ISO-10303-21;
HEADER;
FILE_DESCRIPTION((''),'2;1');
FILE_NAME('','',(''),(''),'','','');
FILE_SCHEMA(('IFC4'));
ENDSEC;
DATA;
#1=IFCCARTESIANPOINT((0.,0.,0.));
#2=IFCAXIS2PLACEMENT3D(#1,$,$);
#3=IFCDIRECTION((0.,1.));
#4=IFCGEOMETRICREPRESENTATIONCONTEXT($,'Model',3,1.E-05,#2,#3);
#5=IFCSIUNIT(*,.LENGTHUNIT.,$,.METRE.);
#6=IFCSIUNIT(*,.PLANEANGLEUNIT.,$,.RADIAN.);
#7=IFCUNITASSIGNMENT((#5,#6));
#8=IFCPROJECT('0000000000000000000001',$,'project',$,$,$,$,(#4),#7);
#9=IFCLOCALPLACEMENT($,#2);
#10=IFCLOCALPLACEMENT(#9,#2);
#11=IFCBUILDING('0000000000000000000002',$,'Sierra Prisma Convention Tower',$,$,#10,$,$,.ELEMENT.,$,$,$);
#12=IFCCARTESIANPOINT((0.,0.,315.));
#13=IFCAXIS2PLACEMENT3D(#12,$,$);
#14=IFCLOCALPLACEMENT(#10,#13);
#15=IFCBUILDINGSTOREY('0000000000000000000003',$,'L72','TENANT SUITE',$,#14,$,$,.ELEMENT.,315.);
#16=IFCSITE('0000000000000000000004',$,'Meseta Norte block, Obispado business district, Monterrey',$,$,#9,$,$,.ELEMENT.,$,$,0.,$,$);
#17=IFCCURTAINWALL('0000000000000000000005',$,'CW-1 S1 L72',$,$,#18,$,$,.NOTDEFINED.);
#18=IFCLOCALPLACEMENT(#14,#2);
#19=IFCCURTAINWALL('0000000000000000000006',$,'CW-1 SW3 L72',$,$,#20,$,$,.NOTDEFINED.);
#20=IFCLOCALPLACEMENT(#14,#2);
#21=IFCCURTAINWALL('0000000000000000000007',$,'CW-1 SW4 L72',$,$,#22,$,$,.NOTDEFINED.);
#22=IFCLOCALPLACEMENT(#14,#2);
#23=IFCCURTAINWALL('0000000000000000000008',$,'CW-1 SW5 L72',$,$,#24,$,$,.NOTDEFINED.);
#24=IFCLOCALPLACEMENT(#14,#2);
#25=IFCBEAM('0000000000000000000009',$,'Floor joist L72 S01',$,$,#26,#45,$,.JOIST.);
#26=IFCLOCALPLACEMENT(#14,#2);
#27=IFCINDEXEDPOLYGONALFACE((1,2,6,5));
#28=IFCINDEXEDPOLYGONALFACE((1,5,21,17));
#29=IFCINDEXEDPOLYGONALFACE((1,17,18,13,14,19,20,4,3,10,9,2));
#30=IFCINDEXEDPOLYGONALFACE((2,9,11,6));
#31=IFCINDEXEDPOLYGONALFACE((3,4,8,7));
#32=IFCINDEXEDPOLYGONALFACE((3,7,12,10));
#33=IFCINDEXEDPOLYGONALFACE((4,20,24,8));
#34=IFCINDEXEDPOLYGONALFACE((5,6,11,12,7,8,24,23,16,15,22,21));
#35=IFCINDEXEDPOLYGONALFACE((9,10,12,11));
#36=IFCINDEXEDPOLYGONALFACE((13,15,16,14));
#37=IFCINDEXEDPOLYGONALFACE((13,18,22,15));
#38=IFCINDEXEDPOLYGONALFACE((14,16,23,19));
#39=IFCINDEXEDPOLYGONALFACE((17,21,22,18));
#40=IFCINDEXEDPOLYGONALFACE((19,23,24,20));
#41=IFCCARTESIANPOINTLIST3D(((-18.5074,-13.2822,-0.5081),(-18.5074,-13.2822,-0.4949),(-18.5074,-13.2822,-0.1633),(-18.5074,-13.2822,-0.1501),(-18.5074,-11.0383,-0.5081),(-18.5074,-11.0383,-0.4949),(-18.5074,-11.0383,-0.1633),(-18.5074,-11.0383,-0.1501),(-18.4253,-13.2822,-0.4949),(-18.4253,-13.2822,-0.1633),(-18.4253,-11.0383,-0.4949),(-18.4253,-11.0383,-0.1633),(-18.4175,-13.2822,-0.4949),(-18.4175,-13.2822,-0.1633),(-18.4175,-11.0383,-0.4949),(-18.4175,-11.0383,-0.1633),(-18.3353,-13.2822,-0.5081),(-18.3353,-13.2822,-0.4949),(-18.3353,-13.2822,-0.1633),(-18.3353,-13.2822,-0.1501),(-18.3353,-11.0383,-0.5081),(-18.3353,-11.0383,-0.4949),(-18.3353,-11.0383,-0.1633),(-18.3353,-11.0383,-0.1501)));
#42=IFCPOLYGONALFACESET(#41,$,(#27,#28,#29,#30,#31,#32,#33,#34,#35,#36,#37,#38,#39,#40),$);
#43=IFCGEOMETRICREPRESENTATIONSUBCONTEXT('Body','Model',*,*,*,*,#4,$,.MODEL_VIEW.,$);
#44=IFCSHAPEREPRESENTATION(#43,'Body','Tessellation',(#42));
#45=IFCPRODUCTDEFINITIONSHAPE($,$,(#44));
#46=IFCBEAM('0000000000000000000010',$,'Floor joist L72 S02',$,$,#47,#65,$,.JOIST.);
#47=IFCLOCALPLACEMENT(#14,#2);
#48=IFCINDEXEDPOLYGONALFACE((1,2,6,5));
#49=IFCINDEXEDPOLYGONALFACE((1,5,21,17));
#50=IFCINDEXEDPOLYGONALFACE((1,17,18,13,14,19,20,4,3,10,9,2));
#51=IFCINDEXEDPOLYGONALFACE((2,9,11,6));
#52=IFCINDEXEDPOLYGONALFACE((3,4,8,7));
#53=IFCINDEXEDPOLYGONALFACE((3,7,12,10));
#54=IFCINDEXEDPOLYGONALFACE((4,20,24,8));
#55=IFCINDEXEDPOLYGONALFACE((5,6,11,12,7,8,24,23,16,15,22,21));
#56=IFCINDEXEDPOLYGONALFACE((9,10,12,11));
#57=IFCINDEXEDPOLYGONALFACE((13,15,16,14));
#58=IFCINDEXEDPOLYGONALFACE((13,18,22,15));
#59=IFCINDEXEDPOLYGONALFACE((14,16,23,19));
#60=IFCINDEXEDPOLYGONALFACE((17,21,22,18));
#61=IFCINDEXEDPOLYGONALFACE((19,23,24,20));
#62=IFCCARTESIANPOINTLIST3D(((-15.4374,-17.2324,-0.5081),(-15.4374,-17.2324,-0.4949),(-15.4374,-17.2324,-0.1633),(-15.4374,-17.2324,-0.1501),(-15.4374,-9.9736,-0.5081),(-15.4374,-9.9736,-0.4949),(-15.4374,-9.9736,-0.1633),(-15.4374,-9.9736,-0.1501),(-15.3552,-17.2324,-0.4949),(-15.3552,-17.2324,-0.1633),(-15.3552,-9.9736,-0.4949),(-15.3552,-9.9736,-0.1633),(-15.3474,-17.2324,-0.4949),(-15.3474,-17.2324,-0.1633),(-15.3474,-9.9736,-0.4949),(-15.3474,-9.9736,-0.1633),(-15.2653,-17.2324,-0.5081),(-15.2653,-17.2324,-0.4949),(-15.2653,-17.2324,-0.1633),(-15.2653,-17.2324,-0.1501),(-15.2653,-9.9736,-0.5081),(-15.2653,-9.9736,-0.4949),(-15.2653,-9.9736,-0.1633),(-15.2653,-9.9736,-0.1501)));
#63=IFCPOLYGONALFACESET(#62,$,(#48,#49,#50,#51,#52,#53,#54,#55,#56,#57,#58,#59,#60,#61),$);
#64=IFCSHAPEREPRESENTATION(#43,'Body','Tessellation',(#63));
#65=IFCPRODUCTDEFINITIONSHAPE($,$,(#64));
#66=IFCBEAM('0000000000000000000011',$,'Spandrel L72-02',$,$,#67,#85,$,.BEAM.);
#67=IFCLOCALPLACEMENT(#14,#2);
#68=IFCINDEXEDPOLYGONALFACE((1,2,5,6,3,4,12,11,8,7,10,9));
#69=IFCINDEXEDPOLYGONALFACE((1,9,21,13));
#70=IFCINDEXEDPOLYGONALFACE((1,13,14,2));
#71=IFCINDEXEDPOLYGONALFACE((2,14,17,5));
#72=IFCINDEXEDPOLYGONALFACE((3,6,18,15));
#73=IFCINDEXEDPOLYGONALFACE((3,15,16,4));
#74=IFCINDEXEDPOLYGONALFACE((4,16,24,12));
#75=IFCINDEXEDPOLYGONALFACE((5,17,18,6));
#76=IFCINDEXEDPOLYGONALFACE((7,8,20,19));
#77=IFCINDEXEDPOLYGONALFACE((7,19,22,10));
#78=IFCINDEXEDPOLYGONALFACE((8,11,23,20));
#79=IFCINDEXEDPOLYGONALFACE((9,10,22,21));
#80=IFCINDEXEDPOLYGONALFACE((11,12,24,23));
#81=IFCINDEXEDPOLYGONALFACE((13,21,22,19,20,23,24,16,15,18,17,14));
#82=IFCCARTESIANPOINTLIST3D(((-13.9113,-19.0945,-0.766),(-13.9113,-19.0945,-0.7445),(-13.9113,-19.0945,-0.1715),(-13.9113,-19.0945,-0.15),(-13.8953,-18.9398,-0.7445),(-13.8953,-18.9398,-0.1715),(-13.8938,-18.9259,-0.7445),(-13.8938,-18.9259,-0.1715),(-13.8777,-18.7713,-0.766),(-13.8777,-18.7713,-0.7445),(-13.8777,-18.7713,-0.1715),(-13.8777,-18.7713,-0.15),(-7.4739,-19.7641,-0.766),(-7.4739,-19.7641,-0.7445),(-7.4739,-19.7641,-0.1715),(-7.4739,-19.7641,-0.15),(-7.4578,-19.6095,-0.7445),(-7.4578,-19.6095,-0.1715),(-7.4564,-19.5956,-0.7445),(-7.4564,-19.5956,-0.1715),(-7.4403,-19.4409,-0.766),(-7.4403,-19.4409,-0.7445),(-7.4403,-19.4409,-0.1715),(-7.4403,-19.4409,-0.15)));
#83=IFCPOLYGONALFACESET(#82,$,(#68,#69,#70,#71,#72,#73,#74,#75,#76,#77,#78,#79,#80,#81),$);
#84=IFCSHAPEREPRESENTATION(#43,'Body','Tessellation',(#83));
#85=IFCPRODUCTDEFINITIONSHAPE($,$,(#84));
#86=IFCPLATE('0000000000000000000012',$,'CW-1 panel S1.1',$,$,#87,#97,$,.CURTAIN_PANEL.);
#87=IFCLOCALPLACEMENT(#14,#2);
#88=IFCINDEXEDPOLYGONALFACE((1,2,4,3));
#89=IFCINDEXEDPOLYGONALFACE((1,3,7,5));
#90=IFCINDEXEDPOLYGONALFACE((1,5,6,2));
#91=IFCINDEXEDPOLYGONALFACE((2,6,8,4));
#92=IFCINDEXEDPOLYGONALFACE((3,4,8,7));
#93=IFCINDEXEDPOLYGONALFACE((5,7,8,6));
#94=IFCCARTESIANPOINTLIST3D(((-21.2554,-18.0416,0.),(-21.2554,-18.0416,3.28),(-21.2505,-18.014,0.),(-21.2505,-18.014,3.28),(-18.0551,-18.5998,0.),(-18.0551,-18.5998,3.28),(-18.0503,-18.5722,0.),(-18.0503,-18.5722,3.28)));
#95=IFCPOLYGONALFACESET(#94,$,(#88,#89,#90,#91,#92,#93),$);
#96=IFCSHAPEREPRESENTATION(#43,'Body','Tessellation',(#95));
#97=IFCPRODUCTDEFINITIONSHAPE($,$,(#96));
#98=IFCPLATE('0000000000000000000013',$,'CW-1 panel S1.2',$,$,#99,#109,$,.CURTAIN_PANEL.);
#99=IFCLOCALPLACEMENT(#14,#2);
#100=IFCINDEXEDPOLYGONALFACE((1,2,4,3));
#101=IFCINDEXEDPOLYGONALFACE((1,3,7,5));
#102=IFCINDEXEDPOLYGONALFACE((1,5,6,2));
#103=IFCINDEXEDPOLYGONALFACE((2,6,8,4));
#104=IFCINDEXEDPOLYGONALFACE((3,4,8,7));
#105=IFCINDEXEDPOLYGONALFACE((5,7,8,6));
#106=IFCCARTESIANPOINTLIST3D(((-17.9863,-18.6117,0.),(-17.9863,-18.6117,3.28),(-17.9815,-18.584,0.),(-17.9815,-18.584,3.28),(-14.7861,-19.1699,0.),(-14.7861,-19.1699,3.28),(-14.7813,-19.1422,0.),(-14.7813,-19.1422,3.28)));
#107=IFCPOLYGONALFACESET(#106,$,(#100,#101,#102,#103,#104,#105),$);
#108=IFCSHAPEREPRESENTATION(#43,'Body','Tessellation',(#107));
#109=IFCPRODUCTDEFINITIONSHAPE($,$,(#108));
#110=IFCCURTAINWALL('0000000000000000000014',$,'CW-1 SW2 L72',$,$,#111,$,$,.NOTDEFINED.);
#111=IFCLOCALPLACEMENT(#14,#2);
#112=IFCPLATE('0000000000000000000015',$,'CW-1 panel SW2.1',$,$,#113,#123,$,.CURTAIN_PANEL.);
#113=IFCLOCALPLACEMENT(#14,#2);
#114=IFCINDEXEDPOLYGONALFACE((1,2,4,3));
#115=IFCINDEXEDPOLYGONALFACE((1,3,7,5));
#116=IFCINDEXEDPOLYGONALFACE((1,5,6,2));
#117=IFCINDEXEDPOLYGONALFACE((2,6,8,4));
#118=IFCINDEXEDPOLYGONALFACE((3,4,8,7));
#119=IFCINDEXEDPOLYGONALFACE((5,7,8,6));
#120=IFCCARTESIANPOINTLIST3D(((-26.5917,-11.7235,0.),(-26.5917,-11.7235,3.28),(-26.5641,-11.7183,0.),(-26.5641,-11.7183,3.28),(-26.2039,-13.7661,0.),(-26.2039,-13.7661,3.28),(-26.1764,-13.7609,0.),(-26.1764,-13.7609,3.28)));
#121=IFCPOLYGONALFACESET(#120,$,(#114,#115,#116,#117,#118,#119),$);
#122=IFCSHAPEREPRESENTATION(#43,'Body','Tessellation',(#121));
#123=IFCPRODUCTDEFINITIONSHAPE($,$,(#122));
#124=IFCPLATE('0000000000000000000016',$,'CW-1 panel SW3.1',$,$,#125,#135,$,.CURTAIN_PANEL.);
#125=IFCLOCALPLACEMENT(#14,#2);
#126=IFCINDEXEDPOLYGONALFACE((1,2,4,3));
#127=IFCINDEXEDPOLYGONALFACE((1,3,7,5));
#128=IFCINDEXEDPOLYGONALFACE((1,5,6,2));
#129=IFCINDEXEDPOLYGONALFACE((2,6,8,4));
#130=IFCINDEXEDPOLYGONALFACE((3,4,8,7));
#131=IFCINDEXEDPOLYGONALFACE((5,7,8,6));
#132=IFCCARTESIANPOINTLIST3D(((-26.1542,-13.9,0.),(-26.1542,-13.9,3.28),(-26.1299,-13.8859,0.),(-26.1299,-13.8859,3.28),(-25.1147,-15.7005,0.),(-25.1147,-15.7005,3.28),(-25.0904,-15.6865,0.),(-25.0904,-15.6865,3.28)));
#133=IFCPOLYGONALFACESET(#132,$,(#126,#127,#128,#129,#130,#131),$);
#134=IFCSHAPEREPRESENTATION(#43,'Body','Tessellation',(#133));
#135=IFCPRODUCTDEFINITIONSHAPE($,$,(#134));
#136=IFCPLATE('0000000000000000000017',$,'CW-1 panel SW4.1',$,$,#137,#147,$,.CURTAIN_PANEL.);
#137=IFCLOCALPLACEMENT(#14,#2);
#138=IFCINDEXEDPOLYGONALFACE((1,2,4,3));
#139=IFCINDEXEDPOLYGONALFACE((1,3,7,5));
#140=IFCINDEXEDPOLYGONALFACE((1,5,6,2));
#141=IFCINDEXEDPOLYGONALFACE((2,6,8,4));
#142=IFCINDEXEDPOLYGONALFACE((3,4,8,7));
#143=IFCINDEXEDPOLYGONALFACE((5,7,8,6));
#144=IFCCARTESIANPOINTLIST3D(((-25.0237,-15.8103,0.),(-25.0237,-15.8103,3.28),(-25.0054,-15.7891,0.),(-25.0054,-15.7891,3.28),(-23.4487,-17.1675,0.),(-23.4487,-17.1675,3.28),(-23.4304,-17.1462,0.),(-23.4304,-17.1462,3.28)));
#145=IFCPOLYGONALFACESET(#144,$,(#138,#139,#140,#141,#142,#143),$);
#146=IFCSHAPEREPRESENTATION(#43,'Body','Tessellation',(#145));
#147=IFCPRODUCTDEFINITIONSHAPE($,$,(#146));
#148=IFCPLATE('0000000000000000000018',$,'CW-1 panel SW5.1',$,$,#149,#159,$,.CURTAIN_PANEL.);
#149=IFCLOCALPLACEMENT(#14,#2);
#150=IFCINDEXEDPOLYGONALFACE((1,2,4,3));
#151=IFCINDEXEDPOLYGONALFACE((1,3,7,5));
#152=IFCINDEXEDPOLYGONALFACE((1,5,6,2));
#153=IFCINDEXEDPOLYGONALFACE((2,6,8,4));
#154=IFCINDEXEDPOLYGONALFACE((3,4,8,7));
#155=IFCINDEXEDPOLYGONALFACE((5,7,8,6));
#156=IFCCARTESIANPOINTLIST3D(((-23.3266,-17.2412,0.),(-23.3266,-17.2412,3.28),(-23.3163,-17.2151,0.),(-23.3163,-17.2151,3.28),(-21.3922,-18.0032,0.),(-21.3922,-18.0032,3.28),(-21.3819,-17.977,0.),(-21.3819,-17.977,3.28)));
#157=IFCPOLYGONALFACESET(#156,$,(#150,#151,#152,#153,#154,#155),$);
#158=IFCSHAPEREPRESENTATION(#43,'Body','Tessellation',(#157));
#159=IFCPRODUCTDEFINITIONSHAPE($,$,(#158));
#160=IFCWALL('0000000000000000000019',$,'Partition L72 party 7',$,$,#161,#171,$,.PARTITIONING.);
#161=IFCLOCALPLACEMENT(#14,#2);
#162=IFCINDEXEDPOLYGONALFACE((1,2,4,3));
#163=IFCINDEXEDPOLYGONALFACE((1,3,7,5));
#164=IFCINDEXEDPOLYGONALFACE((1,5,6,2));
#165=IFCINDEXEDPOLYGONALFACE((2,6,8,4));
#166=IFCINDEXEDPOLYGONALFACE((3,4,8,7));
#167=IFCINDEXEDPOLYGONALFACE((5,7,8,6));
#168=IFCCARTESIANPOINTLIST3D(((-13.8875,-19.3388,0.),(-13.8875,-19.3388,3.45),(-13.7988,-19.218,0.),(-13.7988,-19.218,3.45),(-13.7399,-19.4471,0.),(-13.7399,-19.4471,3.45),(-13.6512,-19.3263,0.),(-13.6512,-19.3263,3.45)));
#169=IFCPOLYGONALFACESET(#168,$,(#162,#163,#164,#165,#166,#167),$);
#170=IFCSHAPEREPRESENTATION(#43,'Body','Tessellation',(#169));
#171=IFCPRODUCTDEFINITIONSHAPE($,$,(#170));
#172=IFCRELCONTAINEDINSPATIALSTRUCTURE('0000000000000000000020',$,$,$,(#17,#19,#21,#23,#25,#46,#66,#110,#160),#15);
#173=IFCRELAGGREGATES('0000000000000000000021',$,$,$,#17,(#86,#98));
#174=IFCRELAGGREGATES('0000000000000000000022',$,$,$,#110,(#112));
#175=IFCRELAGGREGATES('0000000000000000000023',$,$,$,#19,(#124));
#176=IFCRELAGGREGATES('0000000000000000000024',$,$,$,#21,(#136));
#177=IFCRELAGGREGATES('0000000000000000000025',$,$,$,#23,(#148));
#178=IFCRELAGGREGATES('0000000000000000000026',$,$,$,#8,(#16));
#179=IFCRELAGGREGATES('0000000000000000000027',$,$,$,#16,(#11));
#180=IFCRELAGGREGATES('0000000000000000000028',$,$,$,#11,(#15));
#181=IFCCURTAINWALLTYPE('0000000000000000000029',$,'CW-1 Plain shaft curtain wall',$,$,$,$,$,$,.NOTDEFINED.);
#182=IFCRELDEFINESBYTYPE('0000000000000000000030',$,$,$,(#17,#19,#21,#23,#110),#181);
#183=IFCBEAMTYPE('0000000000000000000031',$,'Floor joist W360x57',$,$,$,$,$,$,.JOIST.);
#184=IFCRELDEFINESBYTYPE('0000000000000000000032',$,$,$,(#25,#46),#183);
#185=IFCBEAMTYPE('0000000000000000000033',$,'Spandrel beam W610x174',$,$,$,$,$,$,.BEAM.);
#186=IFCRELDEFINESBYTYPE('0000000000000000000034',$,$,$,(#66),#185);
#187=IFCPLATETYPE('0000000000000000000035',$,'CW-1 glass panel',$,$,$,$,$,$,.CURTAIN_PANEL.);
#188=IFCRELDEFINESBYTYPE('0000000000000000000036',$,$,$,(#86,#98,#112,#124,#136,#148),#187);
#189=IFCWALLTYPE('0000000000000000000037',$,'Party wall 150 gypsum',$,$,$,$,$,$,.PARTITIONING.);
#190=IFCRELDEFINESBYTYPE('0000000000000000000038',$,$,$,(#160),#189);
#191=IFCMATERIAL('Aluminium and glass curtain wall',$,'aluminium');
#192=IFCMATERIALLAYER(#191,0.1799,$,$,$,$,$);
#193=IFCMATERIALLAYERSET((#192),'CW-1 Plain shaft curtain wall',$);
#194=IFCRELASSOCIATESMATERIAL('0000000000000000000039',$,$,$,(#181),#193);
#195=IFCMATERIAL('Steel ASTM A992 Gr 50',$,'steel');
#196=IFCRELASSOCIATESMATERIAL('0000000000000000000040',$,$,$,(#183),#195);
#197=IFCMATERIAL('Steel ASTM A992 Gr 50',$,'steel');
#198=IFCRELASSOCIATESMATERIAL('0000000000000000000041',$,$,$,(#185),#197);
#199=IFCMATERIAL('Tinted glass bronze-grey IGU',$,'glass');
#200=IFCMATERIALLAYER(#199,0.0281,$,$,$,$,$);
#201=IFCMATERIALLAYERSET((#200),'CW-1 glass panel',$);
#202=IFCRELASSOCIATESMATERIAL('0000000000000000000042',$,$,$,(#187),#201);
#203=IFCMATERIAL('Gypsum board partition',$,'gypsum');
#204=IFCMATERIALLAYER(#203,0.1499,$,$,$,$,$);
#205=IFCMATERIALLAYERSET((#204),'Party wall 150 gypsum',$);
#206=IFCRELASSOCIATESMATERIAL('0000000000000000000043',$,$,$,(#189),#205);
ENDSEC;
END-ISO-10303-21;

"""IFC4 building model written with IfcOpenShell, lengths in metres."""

from ifc_helpers import new_model, si_unit, direction, frame, frame_2d, origin, origin_2d, place, context, subcontext, project, spatial, rectangle, i_section, extrude, material, layer, layer_set, material_profile, profile_set, type_object, element, aggregate, save


model = new_model("IFC4")

# Units and contexts
model_context = context("Model", 3, precision=1e-05, world=origin(), true_north=direction((0.0, 1.0)))
body_context = subcontext(model_context, "Body", "Model", "MODEL_VIEW")
ifc_project = project(units=[si_unit("LENGTHUNIT", "METRE"), si_unit("PLANEANGLEUNIT", "RADIAN")], contexts=[model_context])

# Site, building, storey
site_placement = place(None, origin())
site = spatial("IfcSite", under=ifc_project, at=site_placement, Name="Meseta Norte block, Obispado business district, Monterrey", CompositionType="ELEMENT", RefElevation=0.0)
building_placement = place(site_placement, origin())
building = spatial("IfcBuilding", under=site, at=building_placement, Name="Sierra Prisma Convention Tower", CompositionType="ELEMENT")
storey_placement = place(building_placement, frame((0.0, 0.0, 315.0)))
storey = spatial("IfcBuildingStorey", under=building, at=storey_placement, Name="L72", Description="TENANT SUITE", CompositionType="ELEMENT", Elevation=315.0)

# Curtain wall
ifc_material_1 = material(Name="Aluminium and glass curtain wall", Category="aluminium")
ifc_layer_1 = layer(ifc_material_1, 0.1799)
ifc_layer_set_1 = layer_set([ifc_layer_1], Name="CW-1 Plain shaft curtain wall")
curtain_wall_type = type_object("IfcCurtainWallType", Name="CW-1 Plain shaft curtain wall", PredefinedType="NOTDEFINED", material=ifc_layer_set_1)
curtain_wall_1_placement = place(storey_placement, origin())
curtain_wall_1 = element("IfcCurtainWall", 1, at=curtain_wall_1_placement, inside=storey, type_object=curtain_wall_type, Name="CW-1 S1 L72", PredefinedType="NOTDEFINED")

# Curtain walls
curtain_wall_2_placement = place(storey_placement, origin())
curtain_wall_2 = element("IfcCurtainWall", 2, at=curtain_wall_2_placement, inside=storey, type_object=curtain_wall_type, Name="CW-1 SW3 L72", PredefinedType="NOTDEFINED")
curtain_wall_3_placement = place(storey_placement, origin())
curtain_wall_3 = element("IfcCurtainWall", 3, at=curtain_wall_3_placement, inside=storey, type_object=curtain_wall_type, Name="CW-1 SW4 L72", PredefinedType="NOTDEFINED")
curtain_wall_4_placement = place(storey_placement, origin())
curtain_wall_4 = element("IfcCurtainWall", 4, at=curtain_wall_4_placement, inside=storey, type_object=curtain_wall_type, Name="CW-1 SW5 L72", PredefinedType="NOTDEFINED")

# Beams
ifc_material_2 = material(Name="Steel ASTM A992 Gr 50", Category="steel")
ifc_material_profile_1 = material_profile(ifc_material_2, i_section(OverallWidth=0.1721, OverallDepth=0.3579, WebThickness=0.0078, FlangeThickness=0.0132, at=origin_2d()), Name="W360x57")
ifc_profile_set_1 = profile_set([ifc_material_profile_1], Name="Steel ASTM A992 Gr 50")
beam_type_1 = type_object("IfcBeamType", Name="Floor joist W360x57", PredefinedType="JOIST", material=ifc_profile_set_1)
beam_1_placement = place(storey_placement, frame((-18.4214, -13.2822, -0.3291), z_axis=(0.0, 1.0, 0.0), x_axis=(-1.0, 0.0, 0.0)))
element("IfcBeam", 5, at=beam_1_placement, inside=storey, type_object=beam_type_1, Name="Floor joist L72 S01", PredefinedType="JOIST", context=body_context, shape_type="SweptSolid", body=[
    extrude(i_section(OverallWidth=0.1721, OverallDepth=0.3579, WebThickness=0.0078, FlangeThickness=0.0132, at=origin_2d()), origin(), (0.0, 0.0, 1.0), 2.2439),
])
beam_2_placement = place(storey_placement, frame((-15.3513, -17.2324, -0.3291), z_axis=(0.0, 1.0, 0.0), x_axis=(-1.0, 0.0, 0.0)))
element("IfcBeam", 6, at=beam_2_placement, inside=storey, type_object=beam_type_1, Name="Floor joist L72 S02", PredefinedType="JOIST", context=body_context, shape_type="SweptSolid", body=[
    extrude(i_section(OverallWidth=0.1721, OverallDepth=0.3579, WebThickness=0.0078, FlangeThickness=0.0132, at=origin_2d()), origin(), (0.0, 0.0, 1.0), 7.2588),
])
ifc_material_3 = material(Name="Steel ASTM A992 Gr 50", Category="steel")
ifc_material_profile_2 = material_profile(ifc_material_3, i_section(OverallWidth=0.325, OverallDepth=0.616, WebThickness=0.0139, FlangeThickness=0.0215, at=origin_2d()), Name="W610x174")
ifc_profile_set_2 = profile_set([ifc_material_profile_2], Name="Steel ASTM A992 Gr 50")
beam_type_2 = type_object("IfcBeamType", Name="Spandrel beam W610x174", PredefinedType="BEAM", material=ifc_profile_set_2)
beam_3_placement = place(storey_placement, frame((-13.8945, -18.9329, -0.458), z_axis=(0.994633, -0.103469, 0.0), x_axis=(0.103469, 0.994633, 0.0)))
element("IfcBeam", 7, at=beam_3_placement, inside=storey, type_object=beam_type_2, Name="Spandrel L72-02", PredefinedType="BEAM", context=body_context, shape_type="SweptSolid", body=[
    extrude(i_section(OverallWidth=0.325, OverallDepth=0.616, WebThickness=0.0139, FlangeThickness=0.0215, at=origin_2d()), origin(), (0.0, 0.0, 1.0), 6.4722),
])

# Plates
ifc_material_4 = material(Name="Tinted glass bronze-grey IGU", Category="glass")
ifc_layer_2 = layer(ifc_material_4, 0.0281)
ifc_layer_set_2 = layer_set([ifc_layer_2], Name="CW-1 glass panel")
plate_type = type_object("IfcPlateType", Name="CW-1 glass panel", PredefinedType="CURTAIN_PANEL", material=ifc_layer_set_2)
plate_1_placement = place(storey_placement, frame((-19.6528, -18.3069, 0.0), z_axis=(0.0, 0.0, 1.0), x_axis=(0.985126, -0.171832, 0.0)))
plate_1 = element("IfcPlate", 8, at=plate_1_placement, type_object=plate_type, Name="CW-1 panel S1.1", PredefinedType="CURTAIN_PANEL", context=body_context, shape_type="SweptSolid", body=[
    extrude(rectangle(XDim=3.2485, YDim=0.0281, at=origin_2d()), origin(), (0.0, 0.0, 1.0), 3.28),
])
plate_2_placement = place(storey_placement, frame((-16.3838, -18.877, 0.0), z_axis=(0.0, 0.0, 1.0), x_axis=(0.985126, -0.171832, 0.0)))
plate_2 = element("IfcPlate", 9, at=plate_2_placement, type_object=plate_type, Name="CW-1 panel S1.2", PredefinedType="CURTAIN_PANEL", context=body_context, shape_type="SweptSolid", body=[
    extrude(rectangle(XDim=3.2485, YDim=0.0281, at=origin_2d()), origin(), (0.0, 0.0, 1.0), 3.28),
])
aggregate(curtain_wall_1, [plate_1, plate_2])

# Curtain wall, plate
curtain_wall_5_placement = place(storey_placement, origin())
curtain_wall_5 = element("IfcCurtainWall", 10, at=curtain_wall_5_placement, inside=storey, type_object=curtain_wall_type, Name="CW-1 SW2 L72", PredefinedType="NOTDEFINED")
plate_3_placement = place(storey_placement, frame((-26.384, -12.7422, 0.0), z_axis=(0.0, 0.0, 1.0), x_axis=(0.186512, -0.982453, 0.0)))
plate_3 = element("IfcPlate", 11, at=plate_3_placement, type_object=plate_type, Name="CW-1 panel SW2.1", PredefinedType="CURTAIN_PANEL", context=body_context, shape_type="SweptSolid", body=[
    extrude(rectangle(XDim=2.0791, YDim=0.0281, at=origin_2d()), origin(), (0.0, 0.0, 1.0), 3.28),
])
aggregate(curtain_wall_5, [plate_3])

# Plates
plate_4_placement = place(storey_placement, frame((-25.6223, -14.7932, 0.0), z_axis=(0.0, 0.0, 1.0), x_axis=(0.5, -0.866025, 0.0)))
plate_4 = element("IfcPlate", 12, at=plate_4_placement, type_object=plate_type, Name="CW-1 panel SW3.1", PredefinedType="CURTAIN_PANEL", context=body_context, shape_type="SweptSolid", body=[
    extrude(rectangle(XDim=2.0791, YDim=0.0281, at=origin_2d()), origin(), (0.0, 0.0, 1.0), 3.28),
])
aggregate(curtain_wall_2, [plate_4])
plate_5_placement = place(storey_placement, frame((-24.2271, -16.4783, 0.0), z_axis=(0.0, 0.0, 1.0), x_axis=(0.757573, -0.65275, 0.0)))
plate_5 = element("IfcPlate", 13, at=plate_5_placement, type_object=plate_type, Name="CW-1 panel SW4.1", PredefinedType="CURTAIN_PANEL", context=body_context, shape_type="SweptSolid", body=[
    extrude(rectangle(XDim=2.0791, YDim=0.0281, at=origin_2d()), origin(), (0.0, 0.0, 1.0), 3.28),
])
aggregate(curtain_wall_3, [plate_5])
plate_6_placement = place(storey_placement, frame((-22.3542, -17.6091, 0.0), z_axis=(0.0, 0.0, 1.0), x_axis=(0.930427, -0.366478, 0.0)))
plate_6 = element("IfcPlate", 14, at=plate_6_placement, type_object=plate_type, Name="CW-1 panel SW5.1", PredefinedType="CURTAIN_PANEL", context=body_context, shape_type="SweptSolid", body=[
    extrude(rectangle(XDim=2.0791, YDim=0.0281, at=origin_2d()), origin(), (0.0, 0.0, 1.0), 3.28),
])
aggregate(curtain_wall_4, [plate_6])

# Wall
ifc_material_5 = material(Name="Gypsum board partition", Category="gypsum")
ifc_layer_3 = layer(ifc_material_5, 0.1499)
ifc_layer_set_3 = layer_set([ifc_layer_3], Name="Party wall 150 gypsum")
wall_type = type_object("IfcWallType", Name="Party wall 150 gypsum", PredefinedType="PARTITIONING", material=ifc_layer_set_3)
wall_placement = place(storey_placement, frame((-13.6956, -19.3867, 0.0), z_axis=(0.0, 0.0, 1.0), x_axis=(-0.806193, 0.591652, 0.0)))
element("IfcWall", 15, at=wall_placement, inside=storey, type_object=wall_type, Name="Partition L72 party 7", PredefinedType="PARTITIONING", context=body_context, shape_type="SweptSolid", body=[
    extrude(rectangle(XDim=0.1831, YDim=0.1499, at=frame_2d((0.0916, 0.0))), origin(), (0.0, 0.0, 1.0), 3.45),
])

save(model, "model.ifc")
